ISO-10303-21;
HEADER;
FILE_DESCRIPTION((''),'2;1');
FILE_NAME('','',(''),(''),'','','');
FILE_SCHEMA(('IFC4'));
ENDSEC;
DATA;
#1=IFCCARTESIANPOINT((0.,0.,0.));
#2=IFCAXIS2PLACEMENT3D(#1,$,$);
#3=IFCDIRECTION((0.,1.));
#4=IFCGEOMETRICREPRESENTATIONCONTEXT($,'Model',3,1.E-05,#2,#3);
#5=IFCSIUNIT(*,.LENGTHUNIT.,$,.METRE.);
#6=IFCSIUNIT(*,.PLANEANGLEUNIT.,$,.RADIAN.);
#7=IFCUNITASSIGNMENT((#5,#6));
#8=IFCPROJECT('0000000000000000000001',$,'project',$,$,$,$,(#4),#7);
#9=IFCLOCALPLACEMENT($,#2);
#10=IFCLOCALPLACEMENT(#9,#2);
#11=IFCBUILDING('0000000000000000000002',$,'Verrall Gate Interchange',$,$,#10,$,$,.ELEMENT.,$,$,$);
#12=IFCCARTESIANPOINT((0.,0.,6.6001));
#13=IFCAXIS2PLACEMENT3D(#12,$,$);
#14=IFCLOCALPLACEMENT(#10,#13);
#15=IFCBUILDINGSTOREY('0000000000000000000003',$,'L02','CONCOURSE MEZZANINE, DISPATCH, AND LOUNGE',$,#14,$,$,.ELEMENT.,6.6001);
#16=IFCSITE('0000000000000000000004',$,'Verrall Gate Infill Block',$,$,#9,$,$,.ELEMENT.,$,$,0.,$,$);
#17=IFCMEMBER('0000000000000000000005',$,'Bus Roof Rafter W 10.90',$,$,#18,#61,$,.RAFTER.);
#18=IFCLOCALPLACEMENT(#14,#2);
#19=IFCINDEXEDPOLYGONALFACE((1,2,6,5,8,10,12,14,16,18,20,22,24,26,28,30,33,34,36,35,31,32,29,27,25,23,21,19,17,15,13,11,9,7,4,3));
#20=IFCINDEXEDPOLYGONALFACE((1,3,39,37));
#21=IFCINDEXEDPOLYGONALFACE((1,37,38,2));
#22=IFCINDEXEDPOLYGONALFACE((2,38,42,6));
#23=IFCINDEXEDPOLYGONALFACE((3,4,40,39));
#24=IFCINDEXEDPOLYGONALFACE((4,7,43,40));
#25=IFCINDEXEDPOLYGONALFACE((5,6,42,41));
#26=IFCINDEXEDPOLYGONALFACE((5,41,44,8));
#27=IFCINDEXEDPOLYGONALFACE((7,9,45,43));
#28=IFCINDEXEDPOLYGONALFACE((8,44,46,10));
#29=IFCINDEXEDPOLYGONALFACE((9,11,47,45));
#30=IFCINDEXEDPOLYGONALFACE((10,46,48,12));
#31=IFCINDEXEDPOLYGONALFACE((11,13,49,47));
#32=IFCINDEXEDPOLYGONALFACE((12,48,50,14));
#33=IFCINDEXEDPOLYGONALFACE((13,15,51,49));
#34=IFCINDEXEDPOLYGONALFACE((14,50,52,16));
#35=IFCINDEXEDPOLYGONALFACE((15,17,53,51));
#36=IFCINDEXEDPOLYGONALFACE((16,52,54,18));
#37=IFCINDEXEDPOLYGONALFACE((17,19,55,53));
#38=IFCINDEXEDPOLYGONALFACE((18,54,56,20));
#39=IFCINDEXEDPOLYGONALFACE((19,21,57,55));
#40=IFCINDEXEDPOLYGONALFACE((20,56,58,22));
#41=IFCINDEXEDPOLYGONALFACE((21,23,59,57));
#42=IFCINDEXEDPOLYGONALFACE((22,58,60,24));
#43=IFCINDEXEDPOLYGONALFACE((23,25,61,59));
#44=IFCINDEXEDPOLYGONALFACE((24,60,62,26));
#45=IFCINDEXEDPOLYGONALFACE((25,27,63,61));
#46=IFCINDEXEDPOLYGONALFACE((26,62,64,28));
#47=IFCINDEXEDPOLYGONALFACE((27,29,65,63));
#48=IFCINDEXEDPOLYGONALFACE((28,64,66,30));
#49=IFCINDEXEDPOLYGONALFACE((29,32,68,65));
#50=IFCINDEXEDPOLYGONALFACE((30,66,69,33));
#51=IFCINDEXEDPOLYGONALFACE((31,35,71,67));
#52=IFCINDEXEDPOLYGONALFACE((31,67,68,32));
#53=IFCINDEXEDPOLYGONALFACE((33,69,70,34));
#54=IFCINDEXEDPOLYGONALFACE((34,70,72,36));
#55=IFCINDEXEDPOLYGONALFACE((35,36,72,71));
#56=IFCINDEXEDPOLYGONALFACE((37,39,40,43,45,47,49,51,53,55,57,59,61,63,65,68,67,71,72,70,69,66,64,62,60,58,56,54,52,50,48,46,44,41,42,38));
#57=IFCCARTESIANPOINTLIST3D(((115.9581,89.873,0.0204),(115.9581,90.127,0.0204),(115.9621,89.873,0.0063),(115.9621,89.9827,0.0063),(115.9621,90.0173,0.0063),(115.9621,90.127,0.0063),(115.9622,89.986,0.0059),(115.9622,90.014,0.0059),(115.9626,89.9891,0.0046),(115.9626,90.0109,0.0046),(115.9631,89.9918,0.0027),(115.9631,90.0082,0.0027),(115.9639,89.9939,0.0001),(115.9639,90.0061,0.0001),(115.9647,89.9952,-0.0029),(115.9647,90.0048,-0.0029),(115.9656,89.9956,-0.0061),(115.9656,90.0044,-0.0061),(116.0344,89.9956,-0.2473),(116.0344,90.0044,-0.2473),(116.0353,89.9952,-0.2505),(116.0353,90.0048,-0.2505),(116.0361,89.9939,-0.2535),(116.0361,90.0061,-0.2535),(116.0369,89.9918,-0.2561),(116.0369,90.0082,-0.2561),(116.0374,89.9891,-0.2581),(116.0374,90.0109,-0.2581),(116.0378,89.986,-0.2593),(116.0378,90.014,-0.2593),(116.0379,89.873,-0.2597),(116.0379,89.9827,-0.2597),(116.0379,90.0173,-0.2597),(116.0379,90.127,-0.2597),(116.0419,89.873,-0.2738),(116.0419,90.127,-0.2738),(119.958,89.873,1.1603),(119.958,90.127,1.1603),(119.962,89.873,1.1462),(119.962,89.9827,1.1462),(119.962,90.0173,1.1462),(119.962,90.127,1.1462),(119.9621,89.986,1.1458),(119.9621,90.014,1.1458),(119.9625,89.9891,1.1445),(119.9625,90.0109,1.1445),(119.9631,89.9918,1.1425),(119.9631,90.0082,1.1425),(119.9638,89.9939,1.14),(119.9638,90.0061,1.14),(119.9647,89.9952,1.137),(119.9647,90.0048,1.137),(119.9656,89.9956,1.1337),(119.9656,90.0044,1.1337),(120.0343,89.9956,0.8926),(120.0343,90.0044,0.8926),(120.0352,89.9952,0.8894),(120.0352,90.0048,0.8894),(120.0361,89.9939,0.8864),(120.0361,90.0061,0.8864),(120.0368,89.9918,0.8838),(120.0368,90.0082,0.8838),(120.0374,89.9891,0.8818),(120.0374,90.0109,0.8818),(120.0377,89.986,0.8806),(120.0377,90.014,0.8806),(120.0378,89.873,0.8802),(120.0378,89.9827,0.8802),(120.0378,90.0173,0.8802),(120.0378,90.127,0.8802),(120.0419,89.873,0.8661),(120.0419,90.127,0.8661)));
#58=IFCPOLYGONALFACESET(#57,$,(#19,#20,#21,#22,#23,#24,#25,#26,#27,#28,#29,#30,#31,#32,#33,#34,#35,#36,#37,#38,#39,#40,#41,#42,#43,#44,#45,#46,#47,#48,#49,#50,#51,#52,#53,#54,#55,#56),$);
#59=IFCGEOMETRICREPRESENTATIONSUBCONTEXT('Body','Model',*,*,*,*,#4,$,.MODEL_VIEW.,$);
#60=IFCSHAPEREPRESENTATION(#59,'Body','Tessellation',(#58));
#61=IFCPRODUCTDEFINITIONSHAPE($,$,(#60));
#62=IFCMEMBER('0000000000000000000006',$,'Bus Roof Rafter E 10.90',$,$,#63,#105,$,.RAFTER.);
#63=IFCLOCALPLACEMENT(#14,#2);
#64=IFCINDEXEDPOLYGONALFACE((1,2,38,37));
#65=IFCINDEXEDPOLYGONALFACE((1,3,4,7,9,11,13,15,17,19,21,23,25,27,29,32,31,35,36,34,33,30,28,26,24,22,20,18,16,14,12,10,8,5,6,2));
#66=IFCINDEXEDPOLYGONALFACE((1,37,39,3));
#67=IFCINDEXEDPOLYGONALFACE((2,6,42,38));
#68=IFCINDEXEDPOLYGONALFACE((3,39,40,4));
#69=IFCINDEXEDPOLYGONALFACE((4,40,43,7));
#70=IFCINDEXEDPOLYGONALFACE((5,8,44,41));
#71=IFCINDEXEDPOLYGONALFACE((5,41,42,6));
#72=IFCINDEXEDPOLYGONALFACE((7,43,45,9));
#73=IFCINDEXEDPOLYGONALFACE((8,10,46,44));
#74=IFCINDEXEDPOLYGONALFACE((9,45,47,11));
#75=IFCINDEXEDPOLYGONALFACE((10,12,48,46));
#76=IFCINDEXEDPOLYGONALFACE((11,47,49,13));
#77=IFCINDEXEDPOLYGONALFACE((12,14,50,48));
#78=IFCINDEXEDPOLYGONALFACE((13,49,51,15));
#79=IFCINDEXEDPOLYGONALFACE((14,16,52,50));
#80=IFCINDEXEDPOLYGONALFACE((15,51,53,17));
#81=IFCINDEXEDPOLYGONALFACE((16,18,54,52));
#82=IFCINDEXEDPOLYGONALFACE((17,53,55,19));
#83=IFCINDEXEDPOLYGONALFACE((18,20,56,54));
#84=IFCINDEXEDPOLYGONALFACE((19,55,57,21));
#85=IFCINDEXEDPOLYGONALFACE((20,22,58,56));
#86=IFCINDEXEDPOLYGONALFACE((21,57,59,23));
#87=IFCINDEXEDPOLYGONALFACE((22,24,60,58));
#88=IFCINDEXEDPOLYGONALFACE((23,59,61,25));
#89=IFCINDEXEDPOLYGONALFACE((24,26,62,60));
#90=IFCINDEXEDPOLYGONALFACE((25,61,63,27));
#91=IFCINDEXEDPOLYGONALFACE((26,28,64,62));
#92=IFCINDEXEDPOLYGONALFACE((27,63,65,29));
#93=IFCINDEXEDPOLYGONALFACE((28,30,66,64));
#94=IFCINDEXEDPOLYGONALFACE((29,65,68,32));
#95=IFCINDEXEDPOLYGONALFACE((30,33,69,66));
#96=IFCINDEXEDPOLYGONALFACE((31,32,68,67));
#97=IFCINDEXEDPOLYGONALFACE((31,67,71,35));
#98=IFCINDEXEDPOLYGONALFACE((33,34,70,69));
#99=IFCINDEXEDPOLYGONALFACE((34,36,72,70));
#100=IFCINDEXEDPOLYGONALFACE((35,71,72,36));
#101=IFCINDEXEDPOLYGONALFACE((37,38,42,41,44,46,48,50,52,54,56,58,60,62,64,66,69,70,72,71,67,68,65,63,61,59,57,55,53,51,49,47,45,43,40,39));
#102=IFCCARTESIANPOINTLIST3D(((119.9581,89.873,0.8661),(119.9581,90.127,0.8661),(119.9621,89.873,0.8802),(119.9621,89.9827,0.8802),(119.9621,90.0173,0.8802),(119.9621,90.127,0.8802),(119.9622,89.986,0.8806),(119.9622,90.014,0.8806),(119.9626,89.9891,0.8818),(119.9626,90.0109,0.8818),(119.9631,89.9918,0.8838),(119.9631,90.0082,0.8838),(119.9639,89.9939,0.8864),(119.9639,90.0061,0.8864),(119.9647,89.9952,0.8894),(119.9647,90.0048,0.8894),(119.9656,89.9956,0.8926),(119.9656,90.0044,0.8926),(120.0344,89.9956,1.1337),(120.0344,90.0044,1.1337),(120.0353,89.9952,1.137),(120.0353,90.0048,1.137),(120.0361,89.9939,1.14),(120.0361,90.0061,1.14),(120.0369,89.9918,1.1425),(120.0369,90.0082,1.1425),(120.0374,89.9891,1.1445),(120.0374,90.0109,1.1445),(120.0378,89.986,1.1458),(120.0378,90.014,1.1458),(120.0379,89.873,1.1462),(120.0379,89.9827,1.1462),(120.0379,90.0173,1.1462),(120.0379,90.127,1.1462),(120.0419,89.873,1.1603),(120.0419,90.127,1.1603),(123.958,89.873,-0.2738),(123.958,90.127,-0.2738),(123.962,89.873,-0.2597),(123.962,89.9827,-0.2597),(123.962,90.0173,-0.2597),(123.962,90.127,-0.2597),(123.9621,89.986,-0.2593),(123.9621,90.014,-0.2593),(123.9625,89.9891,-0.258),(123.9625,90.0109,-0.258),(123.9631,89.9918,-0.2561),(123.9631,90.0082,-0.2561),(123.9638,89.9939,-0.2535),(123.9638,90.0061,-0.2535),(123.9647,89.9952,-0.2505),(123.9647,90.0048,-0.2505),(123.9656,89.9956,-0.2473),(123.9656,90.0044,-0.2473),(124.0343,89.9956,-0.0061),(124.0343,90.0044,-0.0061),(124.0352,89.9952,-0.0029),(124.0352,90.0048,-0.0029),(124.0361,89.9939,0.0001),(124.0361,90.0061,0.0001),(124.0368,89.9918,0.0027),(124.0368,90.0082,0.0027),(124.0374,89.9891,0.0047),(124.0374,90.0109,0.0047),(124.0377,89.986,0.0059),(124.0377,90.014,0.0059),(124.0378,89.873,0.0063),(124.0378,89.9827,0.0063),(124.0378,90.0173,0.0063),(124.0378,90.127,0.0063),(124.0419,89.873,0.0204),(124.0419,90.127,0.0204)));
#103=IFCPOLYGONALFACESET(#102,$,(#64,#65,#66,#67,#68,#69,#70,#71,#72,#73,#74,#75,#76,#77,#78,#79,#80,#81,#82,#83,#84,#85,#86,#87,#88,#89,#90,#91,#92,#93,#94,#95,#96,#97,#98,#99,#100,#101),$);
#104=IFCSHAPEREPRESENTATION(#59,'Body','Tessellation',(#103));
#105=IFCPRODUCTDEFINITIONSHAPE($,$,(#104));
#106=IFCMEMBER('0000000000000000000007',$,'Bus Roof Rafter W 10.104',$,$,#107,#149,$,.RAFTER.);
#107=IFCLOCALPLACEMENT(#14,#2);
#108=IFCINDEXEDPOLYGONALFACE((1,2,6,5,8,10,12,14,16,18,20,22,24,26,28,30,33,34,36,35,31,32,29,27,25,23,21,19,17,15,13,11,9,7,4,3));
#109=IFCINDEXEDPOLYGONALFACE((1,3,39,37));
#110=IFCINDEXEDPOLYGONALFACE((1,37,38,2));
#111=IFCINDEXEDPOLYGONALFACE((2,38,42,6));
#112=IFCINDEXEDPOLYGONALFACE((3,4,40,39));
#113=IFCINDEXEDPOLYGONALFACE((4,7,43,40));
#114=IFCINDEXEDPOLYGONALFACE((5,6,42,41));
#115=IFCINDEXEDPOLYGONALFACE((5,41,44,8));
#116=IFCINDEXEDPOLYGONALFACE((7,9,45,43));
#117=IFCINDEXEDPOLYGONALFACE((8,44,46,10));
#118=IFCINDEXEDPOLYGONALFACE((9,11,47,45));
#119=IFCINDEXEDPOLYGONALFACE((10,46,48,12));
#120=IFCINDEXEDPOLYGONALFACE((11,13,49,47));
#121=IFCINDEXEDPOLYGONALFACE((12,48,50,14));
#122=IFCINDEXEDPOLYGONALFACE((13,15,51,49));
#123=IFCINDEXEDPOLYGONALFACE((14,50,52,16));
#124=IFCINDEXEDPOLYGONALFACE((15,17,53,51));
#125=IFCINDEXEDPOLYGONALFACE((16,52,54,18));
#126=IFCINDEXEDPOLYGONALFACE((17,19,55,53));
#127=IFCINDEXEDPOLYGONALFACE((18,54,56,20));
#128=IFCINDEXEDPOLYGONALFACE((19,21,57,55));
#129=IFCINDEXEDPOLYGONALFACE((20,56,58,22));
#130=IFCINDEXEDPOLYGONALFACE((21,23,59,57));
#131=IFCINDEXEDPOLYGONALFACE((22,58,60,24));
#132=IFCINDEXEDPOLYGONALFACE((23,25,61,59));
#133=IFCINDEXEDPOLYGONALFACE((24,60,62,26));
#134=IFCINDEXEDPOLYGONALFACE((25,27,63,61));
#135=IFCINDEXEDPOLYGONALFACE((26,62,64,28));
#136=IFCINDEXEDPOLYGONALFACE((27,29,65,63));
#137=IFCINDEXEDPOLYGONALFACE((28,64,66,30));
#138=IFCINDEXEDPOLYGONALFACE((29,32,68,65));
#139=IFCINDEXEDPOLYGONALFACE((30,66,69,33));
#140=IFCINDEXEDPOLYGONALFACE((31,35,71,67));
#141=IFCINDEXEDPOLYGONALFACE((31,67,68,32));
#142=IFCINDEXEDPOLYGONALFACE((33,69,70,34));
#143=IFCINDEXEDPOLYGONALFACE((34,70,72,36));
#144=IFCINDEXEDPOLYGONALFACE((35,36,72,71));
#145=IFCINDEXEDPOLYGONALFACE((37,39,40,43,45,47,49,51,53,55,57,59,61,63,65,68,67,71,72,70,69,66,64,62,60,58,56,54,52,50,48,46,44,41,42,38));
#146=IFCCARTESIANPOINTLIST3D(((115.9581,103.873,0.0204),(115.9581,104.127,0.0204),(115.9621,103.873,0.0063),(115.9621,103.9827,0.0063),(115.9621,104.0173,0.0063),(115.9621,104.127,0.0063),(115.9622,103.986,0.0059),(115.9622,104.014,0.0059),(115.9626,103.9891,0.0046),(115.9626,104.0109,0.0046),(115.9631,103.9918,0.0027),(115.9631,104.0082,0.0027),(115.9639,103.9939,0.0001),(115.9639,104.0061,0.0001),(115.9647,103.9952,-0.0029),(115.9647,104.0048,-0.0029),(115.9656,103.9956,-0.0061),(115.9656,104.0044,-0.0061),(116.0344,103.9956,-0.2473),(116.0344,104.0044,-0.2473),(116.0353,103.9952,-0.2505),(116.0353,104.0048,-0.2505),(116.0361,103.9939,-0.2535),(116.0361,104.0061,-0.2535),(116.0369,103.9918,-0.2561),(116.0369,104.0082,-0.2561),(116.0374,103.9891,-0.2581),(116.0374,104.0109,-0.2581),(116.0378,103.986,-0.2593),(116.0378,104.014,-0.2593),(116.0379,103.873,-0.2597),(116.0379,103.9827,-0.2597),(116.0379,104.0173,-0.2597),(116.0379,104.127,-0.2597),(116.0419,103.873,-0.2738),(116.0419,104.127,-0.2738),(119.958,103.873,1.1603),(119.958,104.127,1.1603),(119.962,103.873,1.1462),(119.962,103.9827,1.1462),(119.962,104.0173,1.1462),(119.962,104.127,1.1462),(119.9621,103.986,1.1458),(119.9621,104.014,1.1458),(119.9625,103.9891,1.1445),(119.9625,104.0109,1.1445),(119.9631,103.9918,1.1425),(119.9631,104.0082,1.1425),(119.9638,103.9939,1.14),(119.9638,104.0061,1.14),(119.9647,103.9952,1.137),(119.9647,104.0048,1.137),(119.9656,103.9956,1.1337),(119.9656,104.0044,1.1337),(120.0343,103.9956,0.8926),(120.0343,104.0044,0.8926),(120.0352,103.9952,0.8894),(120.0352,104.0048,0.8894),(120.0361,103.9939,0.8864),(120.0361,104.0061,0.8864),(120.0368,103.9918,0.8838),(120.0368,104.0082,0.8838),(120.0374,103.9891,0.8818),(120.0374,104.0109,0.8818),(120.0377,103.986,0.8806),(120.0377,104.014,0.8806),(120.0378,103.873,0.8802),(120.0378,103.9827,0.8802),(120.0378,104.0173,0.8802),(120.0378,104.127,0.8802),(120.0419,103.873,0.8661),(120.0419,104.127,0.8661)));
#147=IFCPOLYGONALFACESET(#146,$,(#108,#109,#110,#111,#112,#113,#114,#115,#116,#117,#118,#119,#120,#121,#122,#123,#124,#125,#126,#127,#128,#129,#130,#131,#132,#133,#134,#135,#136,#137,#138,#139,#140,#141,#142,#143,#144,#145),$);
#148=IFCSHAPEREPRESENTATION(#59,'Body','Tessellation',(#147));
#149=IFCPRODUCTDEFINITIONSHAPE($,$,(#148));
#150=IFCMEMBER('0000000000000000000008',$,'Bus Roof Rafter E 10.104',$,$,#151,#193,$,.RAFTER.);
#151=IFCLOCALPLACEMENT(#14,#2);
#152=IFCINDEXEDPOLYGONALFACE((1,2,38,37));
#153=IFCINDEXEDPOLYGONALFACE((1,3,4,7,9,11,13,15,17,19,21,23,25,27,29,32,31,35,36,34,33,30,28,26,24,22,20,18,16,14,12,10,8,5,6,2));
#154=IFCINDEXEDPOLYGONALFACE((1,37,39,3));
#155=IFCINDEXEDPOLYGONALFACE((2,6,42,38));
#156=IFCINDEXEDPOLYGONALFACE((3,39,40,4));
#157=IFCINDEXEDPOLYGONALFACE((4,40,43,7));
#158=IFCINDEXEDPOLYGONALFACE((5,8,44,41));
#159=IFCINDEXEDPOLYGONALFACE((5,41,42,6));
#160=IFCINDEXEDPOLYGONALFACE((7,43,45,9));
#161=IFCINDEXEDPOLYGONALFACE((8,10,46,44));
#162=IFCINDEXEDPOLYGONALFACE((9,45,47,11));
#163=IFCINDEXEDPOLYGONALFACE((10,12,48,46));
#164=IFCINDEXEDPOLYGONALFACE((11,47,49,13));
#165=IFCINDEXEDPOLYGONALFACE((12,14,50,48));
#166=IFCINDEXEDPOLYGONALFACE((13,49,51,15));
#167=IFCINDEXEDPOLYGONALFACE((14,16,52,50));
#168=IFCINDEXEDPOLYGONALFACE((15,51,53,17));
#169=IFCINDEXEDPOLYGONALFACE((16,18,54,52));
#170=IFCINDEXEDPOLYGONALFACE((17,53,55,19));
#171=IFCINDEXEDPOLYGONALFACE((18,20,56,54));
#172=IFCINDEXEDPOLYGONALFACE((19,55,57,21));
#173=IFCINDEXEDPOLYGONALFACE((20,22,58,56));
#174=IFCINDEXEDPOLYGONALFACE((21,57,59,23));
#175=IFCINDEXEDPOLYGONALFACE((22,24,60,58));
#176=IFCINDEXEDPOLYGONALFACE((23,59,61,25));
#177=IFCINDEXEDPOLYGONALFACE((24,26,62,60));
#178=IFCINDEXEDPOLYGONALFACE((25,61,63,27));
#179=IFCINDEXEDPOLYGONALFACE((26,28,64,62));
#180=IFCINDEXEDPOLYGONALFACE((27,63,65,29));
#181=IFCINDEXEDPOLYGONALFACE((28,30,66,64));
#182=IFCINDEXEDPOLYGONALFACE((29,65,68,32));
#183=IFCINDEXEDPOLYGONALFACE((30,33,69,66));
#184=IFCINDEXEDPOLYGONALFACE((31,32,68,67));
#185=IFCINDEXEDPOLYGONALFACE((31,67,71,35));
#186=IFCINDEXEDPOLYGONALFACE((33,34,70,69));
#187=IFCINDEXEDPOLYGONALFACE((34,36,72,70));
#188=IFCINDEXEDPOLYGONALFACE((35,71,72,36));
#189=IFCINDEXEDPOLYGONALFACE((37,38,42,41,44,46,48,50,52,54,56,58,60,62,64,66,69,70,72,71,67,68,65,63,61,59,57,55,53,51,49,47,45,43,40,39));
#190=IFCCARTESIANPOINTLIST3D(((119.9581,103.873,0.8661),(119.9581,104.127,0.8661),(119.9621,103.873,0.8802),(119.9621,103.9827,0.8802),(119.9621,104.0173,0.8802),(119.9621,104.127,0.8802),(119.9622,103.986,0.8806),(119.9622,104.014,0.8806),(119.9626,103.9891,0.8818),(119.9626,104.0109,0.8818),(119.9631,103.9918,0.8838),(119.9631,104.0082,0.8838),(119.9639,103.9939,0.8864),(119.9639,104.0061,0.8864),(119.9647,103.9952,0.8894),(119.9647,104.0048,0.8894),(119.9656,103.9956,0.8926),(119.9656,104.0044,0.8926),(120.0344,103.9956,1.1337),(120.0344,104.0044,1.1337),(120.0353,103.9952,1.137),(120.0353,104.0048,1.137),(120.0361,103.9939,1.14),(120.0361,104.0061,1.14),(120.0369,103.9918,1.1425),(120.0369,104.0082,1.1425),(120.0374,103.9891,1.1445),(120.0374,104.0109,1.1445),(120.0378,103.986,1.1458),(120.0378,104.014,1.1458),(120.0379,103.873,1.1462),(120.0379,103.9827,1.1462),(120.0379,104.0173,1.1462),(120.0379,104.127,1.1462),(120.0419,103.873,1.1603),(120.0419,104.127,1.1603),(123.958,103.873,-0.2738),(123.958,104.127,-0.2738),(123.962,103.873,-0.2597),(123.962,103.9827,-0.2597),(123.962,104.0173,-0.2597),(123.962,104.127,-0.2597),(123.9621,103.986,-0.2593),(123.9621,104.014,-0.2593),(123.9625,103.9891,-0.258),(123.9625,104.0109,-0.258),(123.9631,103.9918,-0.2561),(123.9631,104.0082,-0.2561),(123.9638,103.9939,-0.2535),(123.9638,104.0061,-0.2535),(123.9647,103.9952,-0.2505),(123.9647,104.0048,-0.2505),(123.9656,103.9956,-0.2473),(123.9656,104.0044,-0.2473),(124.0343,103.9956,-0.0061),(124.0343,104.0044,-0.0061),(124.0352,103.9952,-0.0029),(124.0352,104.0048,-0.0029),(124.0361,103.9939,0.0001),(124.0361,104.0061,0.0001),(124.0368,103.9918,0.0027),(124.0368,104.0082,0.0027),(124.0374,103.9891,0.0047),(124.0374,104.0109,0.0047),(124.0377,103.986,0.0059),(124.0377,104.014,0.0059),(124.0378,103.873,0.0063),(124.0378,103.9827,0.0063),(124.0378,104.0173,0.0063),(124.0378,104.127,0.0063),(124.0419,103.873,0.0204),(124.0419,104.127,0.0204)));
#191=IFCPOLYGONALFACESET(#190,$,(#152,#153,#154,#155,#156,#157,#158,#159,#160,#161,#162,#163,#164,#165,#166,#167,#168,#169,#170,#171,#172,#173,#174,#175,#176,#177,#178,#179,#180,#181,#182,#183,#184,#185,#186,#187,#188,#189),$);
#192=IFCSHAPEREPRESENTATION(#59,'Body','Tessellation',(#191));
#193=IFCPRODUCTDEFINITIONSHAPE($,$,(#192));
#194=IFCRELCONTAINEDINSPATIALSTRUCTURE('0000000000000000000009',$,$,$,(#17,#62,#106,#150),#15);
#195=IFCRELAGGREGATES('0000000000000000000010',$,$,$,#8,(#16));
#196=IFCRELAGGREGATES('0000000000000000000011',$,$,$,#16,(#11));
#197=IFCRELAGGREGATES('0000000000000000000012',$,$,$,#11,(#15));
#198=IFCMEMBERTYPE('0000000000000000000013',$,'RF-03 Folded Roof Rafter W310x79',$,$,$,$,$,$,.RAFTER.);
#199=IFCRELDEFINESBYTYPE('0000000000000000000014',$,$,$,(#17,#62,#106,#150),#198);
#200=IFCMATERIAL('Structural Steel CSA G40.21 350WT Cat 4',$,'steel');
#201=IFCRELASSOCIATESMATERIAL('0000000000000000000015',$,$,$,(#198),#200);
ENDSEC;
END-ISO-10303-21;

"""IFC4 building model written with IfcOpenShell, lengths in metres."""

from ifc_helpers import new_model, si_unit, direction, frame, origin, origin_2d, place, context, subcontext, project, spatial, i_section, extrude, material, material_profile, profile_set, type_object, element, save


model = new_model("IFC4")

# Units and contexts
model_context = context("Model", 3, precision=1e-05, world=origin(), true_north=direction((0.0, 1.0)))
body_context = subcontext(model_context, "Body", "Model", "MODEL_VIEW")
ifc_project = project(units=[si_unit("LENGTHUNIT", "METRE"), si_unit("PLANEANGLEUNIT", "RADIAN")], contexts=[model_context])

# Site, building, storey
site_placement = place(None, origin())
site = spatial("IfcSite", under=ifc_project, at=site_placement, Name="Verrall Gate Infill Block", CompositionType="ELEMENT", RefElevation=0.0)
building_placement = place(site_placement, origin())
building = spatial("IfcBuilding", under=site, at=building_placement, Name="Verrall Gate Interchange", CompositionType="ELEMENT")
storey_placement = place(building_placement, frame((0.0, 0.0, 6.6001)))
storey = spatial("IfcBuildingStorey", under=building, at=storey_placement, Name="L02", Description="CONCOURSE MEZZANINE, DISPATCH, AND LOUNGE", CompositionType="ELEMENT", Elevation=6.6001)

# Members
ifc_material_1 = material(Name="Structural Steel CSA G40.21 350WT Cat 4", Category="steel")
ifc_material_profile_1 = material_profile(ifc_material_1, i_section(OverallWidth=0.2539, OverallDepth=0.3059, WebThickness=0.0088, FlangeThickness=0.0146, FilletRadius=0.0129, at=origin_2d()), Name="W310x79")
ifc_profile_set_1 = profile_set([ifc_material_profile_1], Name="Structural Steel CSA G40.21 350WT Cat 4")
member_type_1 = type_object("IfcMemberType", Name="RF-03 Folded Roof Rafter W310x79", PredefinedType="RAFTER", material=ifc_profile_set_1)
for number, where, z_axis, x_axis, name in (
    (1, (116.0, 90.0, -0.1267), (0.961712, 0.0, 0.274062), (0.0, 1.0, 0.0), "Bus Roof Rafter W 10.90"),
    (2, (120.0, 90.0, 1.0132), (0.961712, 0.0, -0.274062), (0.0, 1.0, 0.0), "Bus Roof Rafter E 10.90"),
    (3, (116.0, 104.0, -0.1267), (0.961712, 0.0, 0.274062), (0.0, 1.0, 0.0), "Bus Roof Rafter W 10.104"),
    (4, (120.0, 104.0, 1.0132), (0.961712, 0.0, -0.274062), (0.0, 1.0, 0.0), "Bus Roof Rafter E 10.104"),
):
    element("IfcMember", number, at=place(storey_placement, frame(where, z_axis=z_axis, x_axis=x_axis)), inside=storey, type_object=member_type_1, Name=name, PredefinedType="RAFTER", context=body_context, shape_type="SweptSolid", body=[
        extrude(i_section(OverallWidth=0.2539, OverallDepth=0.3059, WebThickness=0.0088, FlangeThickness=0.0146, FilletRadius=0.0129, at=origin_2d()), origin(), (0.0, 0.0, 1.0), 4.1592),
    ])

save(model, "model.ifc")
